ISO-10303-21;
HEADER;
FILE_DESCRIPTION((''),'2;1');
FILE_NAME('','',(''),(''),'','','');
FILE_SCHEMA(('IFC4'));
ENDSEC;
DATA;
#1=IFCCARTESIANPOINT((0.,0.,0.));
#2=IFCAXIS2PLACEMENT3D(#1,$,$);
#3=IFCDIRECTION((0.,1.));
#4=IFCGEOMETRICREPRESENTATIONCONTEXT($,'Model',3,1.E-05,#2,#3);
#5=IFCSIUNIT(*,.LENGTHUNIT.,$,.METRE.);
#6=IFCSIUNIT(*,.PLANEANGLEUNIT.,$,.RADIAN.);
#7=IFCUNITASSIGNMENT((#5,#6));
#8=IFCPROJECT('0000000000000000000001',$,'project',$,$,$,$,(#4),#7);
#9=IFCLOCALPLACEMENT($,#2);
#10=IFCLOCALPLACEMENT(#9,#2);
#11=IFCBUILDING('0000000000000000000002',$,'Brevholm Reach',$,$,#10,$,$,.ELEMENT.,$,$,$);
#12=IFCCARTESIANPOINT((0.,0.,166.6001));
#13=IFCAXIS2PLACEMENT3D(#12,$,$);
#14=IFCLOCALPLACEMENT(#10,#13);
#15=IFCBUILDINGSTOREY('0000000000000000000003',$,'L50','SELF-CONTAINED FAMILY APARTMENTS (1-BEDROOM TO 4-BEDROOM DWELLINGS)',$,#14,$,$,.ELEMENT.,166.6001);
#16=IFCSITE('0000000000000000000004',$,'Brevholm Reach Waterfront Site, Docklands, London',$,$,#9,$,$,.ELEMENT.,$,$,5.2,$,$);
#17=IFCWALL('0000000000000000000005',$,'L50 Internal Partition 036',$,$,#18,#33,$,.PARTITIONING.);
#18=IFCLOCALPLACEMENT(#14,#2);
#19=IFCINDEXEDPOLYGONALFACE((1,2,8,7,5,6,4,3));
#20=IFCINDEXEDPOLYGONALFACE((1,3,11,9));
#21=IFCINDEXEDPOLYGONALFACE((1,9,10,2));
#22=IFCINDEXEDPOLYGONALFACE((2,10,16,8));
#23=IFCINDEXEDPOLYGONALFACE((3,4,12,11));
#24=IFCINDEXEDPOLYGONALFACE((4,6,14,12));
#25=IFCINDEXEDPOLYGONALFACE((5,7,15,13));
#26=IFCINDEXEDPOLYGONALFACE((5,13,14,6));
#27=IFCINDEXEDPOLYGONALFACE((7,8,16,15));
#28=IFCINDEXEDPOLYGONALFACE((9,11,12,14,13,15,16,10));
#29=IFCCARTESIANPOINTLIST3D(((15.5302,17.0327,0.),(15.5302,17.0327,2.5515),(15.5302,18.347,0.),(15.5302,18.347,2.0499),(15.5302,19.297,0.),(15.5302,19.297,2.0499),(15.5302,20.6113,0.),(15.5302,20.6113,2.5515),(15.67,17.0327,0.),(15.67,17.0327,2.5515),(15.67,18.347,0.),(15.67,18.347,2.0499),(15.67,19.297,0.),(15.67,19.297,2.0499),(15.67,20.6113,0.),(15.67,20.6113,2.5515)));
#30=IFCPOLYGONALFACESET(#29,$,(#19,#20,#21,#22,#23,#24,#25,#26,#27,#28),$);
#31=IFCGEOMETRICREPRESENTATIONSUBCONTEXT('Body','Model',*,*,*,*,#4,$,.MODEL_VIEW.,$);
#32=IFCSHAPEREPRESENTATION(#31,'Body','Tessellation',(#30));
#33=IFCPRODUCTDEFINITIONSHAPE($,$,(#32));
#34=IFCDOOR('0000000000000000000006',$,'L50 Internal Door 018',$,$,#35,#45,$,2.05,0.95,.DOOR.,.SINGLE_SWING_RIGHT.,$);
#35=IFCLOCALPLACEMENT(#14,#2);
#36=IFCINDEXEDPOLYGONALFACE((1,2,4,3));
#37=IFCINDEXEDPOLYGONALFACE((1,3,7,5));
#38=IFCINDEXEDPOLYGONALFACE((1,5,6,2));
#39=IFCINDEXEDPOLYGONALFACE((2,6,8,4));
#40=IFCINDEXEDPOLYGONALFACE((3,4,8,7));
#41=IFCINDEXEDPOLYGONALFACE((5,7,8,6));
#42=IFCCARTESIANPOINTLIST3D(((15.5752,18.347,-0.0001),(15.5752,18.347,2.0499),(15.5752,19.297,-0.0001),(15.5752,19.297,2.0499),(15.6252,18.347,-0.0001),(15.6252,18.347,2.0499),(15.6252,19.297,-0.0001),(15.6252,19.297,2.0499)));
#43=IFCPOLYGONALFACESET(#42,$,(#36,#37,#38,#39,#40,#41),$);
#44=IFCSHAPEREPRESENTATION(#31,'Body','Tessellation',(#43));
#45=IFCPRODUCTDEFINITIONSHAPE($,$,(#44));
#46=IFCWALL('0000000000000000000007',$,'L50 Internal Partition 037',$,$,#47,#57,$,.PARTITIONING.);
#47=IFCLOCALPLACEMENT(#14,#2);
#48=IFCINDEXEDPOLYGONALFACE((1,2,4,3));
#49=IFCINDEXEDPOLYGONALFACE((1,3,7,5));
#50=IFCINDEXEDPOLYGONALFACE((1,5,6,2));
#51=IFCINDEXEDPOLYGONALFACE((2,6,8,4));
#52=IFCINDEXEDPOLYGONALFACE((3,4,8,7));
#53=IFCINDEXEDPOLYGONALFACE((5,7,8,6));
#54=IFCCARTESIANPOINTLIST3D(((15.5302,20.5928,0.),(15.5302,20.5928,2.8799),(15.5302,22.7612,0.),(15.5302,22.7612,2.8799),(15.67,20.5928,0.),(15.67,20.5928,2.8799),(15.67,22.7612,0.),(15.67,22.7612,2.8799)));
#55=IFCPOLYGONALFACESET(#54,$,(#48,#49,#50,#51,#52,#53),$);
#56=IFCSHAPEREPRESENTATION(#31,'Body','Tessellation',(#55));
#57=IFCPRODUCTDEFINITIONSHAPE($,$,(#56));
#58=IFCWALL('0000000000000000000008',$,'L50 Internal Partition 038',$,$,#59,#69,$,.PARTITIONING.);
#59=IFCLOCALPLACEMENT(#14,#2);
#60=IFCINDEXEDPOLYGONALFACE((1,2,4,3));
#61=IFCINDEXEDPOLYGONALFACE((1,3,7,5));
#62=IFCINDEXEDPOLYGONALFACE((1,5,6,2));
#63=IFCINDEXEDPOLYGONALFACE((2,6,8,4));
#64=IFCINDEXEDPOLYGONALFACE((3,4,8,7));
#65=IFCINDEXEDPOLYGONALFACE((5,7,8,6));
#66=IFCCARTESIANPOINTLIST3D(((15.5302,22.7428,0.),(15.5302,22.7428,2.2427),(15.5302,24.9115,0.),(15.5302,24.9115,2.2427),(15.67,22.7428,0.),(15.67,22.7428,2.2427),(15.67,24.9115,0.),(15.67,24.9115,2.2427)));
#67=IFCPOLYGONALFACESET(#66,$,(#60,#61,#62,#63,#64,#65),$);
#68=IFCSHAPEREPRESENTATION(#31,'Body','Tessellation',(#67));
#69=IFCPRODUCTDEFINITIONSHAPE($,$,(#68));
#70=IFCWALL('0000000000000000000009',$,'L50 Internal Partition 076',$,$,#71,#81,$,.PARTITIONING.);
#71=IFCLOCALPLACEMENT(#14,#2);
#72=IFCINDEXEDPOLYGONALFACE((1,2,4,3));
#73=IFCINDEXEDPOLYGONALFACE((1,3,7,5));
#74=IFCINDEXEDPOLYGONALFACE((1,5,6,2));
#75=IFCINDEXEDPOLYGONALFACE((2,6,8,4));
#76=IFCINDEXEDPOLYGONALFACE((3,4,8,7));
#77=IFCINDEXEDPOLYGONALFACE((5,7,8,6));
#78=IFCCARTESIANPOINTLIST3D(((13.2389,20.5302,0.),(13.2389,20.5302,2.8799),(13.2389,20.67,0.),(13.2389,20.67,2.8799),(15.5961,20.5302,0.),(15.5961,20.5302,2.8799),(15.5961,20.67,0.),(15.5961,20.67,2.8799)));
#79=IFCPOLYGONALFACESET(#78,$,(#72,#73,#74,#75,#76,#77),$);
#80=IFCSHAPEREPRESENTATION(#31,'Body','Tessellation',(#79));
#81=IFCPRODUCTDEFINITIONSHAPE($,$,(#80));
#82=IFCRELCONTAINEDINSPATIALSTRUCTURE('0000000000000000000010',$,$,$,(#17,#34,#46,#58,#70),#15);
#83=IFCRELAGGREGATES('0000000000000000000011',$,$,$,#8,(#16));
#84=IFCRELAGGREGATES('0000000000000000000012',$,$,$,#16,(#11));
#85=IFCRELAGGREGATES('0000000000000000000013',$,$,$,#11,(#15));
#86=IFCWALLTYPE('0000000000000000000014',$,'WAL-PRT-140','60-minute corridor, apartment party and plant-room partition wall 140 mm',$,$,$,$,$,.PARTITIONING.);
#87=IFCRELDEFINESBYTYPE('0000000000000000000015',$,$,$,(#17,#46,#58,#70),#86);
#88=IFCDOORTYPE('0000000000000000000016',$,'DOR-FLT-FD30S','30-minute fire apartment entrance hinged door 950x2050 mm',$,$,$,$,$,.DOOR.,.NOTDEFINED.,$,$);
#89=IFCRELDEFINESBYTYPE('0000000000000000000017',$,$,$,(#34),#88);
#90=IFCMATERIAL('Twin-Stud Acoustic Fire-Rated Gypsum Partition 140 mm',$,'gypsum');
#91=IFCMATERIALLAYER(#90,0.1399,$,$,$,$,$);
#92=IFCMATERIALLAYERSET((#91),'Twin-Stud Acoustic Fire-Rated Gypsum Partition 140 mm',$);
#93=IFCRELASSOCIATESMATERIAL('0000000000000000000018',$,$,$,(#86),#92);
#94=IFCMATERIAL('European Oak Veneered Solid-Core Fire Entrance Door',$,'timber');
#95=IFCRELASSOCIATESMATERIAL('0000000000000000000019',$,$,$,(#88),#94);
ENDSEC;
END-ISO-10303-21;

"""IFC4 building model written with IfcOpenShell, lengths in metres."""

from ifc_helpers import new_model, si_unit, direction, frame, frame_2d, origin, place, context, subcontext, project, spatial, rectangle, extrude, material, layer, layer_set, type_object, element, fill, save


model = new_model("IFC4")

# Units and contexts
model_context = context("Model", 3, precision=1e-05, world=origin(), true_north=direction((0.0, 1.0)))
body_context = subcontext(model_context, "Body", "Model", "MODEL_VIEW")
ifc_project = project(units=[si_unit("LENGTHUNIT", "METRE"), si_unit("PLANEANGLEUNIT", "RADIAN")], contexts=[model_context])

# Site, building, storey
site_placement = place(None, origin())
site = spatial("IfcSite", under=ifc_project, at=site_placement, Name="Brevholm Reach Waterfront Site, Docklands, London", CompositionType="ELEMENT", RefElevation=5.2)
building_placement = place(site_placement, origin())
building = spatial("IfcBuilding", under=site, at=building_placement, Name="Brevholm Reach", CompositionType="ELEMENT")
storey_placement = place(building_placement, frame((0.0, 0.0, 166.6001)))
storey = spatial("IfcBuildingStorey", under=building, at=storey_placement, Name="L50", Description="SELF-CONTAINED FAMILY APARTMENTS (1-BEDROOM TO 4-BEDROOM DWELLINGS)", CompositionType="ELEMENT", Elevation=166.6001)

# Shared definitions
ifc_material_1 = material(Name="Twin-Stud Acoustic Fire-Rated Gypsum Partition 140 mm", Category="gypsum")
ifc_layer_1 = layer(ifc_material_1, 0.1399)
ifc_layer_set_1 = layer_set([ifc_layer_1], Name="Twin-Stud Acoustic Fire-Rated Gypsum Partition 140 mm")
wall_type_1 = type_object("IfcWallType", Name="WAL-PRT-140", Description="60-minute corridor, apartment party and plant-room partition wall 140 mm", PredefinedType="PARTITIONING", material=ifc_layer_set_1)

# Wall, opening, door
wall_1_placement = place(storey_placement, frame((15.6001, 17.0327, 0.0), z_axis=(0.0, 0.0, 1.0), x_axis=(0.0, 1.0, 0.0)))
wall_1 = element("IfcWall", 1, at=wall_1_placement, inside=storey, type_object=wall_type_1, Name="L50 Internal Partition 036", PredefinedType="PARTITIONING", context=body_context, shape_type="SweptSolid", body=[
    extrude(rectangle(XDim=3.5786, YDim=0.1399, at=frame_2d((1.7893, 0.0))), origin(), (0.0, 0.0, 1.0), 2.5515),
])
opening_1_placement = place(wall_1_placement, frame((1.3142, 0.0, 0.0)))
opening_1 = element("IfcOpeningElement", 2, at=opening_1_placement, cuts=wall_1, PredefinedType="OPENING", context=body_context, shape_type="SweptSolid", body=[
    extrude(rectangle(XDim=0.95, YDim=2.05, at=frame_2d((0.4751, 1.0249))), frame((0.0, 0.0798, 0.0), z_axis=(0.0, -1.0, 0.0), x_axis=(1.0, 0.0, 0.0)), (0.0, 0.0, 1.0), 0.1599),
])
ifc_material_2 = material(Name="European Oak Veneered Solid-Core Fire Entrance Door", Category="timber")
door_type_1 = type_object("IfcDoorType", Name="DOR-FLT-FD30S", Description="30-minute fire apartment entrance hinged door 950x2050 mm", OperationType="NOTDEFINED", PredefinedType="DOOR", material=ifc_material_2)
door_1_placement = place(opening_1_placement, origin())
door_1 = element("IfcDoor", 3, at=door_1_placement, inside=storey, type_object=door_type_1, Name="L50 Internal Door 018", OperationType="SINGLE_SWING_RIGHT", OverallHeight=2.05, OverallWidth=0.95, PredefinedType="DOOR", context=body_context, shape_type="SweptSolid", body=[
    extrude(rectangle(XDim=0.95, YDim=2.05, at=frame_2d((0.4751, 1.0249))), frame((0.0, 0.0249, 0.0), z_axis=(0.0, -1.0, 0.0), x_axis=(1.0, 0.0, 0.0)), (0.0, 0.0, 1.0), 0.05),
])
fill(opening_1, door_1)

# Walls
wall_2_placement = place(storey_placement, frame((15.6001, 20.5928, 0.0), z_axis=(0.0, 0.0, 1.0), x_axis=(0.0, 1.0, 0.0)))
element("IfcWall", 4, at=wall_2_placement, inside=storey, type_object=wall_type_1, Name="L50 Internal Partition 037", PredefinedType="PARTITIONING", context=body_context, shape_type="SweptSolid", body=[
    extrude(rectangle(XDim=2.1685, YDim=0.1399, at=frame_2d((1.0842, 0.0))), origin(), (0.0, 0.0, 1.0), 2.8799),
])
wall_3_placement = place(storey_placement, frame((15.6001, 22.7427, 0.0), z_axis=(0.0, 0.0, 1.0), x_axis=(0.0, 1.0, 0.0)))
element("IfcWall", 5, at=wall_3_placement, inside=storey, type_object=wall_type_1, Name="L50 Internal Partition 038", PredefinedType="PARTITIONING", context=body_context, shape_type="SweptSolid", body=[
    extrude(rectangle(XDim=2.1687, YDim=0.1399, at=frame_2d((1.0845, 0.0))), origin(), (0.0, 0.0, 1.0), 2.2427),
])
wall_4_placement = place(storey_placement, frame((13.2388, 20.6001, 0.0), z_axis=(0.0, 0.0, 1.0), x_axis=(1.0, 0.0, 0.0)))
element("IfcWall", 6, at=wall_4_placement, inside=storey, type_object=wall_type_1, Name="L50 Internal Partition 076", PredefinedType="PARTITIONING", context=body_context, shape_type="SweptSolid", body=[
    extrude(rectangle(XDim=2.3572, YDim=0.1399, at=frame_2d((1.1787, 0.0))), origin(), (0.0, 0.0, 1.0), 2.8799),
])

save(model, "model.ifc")
